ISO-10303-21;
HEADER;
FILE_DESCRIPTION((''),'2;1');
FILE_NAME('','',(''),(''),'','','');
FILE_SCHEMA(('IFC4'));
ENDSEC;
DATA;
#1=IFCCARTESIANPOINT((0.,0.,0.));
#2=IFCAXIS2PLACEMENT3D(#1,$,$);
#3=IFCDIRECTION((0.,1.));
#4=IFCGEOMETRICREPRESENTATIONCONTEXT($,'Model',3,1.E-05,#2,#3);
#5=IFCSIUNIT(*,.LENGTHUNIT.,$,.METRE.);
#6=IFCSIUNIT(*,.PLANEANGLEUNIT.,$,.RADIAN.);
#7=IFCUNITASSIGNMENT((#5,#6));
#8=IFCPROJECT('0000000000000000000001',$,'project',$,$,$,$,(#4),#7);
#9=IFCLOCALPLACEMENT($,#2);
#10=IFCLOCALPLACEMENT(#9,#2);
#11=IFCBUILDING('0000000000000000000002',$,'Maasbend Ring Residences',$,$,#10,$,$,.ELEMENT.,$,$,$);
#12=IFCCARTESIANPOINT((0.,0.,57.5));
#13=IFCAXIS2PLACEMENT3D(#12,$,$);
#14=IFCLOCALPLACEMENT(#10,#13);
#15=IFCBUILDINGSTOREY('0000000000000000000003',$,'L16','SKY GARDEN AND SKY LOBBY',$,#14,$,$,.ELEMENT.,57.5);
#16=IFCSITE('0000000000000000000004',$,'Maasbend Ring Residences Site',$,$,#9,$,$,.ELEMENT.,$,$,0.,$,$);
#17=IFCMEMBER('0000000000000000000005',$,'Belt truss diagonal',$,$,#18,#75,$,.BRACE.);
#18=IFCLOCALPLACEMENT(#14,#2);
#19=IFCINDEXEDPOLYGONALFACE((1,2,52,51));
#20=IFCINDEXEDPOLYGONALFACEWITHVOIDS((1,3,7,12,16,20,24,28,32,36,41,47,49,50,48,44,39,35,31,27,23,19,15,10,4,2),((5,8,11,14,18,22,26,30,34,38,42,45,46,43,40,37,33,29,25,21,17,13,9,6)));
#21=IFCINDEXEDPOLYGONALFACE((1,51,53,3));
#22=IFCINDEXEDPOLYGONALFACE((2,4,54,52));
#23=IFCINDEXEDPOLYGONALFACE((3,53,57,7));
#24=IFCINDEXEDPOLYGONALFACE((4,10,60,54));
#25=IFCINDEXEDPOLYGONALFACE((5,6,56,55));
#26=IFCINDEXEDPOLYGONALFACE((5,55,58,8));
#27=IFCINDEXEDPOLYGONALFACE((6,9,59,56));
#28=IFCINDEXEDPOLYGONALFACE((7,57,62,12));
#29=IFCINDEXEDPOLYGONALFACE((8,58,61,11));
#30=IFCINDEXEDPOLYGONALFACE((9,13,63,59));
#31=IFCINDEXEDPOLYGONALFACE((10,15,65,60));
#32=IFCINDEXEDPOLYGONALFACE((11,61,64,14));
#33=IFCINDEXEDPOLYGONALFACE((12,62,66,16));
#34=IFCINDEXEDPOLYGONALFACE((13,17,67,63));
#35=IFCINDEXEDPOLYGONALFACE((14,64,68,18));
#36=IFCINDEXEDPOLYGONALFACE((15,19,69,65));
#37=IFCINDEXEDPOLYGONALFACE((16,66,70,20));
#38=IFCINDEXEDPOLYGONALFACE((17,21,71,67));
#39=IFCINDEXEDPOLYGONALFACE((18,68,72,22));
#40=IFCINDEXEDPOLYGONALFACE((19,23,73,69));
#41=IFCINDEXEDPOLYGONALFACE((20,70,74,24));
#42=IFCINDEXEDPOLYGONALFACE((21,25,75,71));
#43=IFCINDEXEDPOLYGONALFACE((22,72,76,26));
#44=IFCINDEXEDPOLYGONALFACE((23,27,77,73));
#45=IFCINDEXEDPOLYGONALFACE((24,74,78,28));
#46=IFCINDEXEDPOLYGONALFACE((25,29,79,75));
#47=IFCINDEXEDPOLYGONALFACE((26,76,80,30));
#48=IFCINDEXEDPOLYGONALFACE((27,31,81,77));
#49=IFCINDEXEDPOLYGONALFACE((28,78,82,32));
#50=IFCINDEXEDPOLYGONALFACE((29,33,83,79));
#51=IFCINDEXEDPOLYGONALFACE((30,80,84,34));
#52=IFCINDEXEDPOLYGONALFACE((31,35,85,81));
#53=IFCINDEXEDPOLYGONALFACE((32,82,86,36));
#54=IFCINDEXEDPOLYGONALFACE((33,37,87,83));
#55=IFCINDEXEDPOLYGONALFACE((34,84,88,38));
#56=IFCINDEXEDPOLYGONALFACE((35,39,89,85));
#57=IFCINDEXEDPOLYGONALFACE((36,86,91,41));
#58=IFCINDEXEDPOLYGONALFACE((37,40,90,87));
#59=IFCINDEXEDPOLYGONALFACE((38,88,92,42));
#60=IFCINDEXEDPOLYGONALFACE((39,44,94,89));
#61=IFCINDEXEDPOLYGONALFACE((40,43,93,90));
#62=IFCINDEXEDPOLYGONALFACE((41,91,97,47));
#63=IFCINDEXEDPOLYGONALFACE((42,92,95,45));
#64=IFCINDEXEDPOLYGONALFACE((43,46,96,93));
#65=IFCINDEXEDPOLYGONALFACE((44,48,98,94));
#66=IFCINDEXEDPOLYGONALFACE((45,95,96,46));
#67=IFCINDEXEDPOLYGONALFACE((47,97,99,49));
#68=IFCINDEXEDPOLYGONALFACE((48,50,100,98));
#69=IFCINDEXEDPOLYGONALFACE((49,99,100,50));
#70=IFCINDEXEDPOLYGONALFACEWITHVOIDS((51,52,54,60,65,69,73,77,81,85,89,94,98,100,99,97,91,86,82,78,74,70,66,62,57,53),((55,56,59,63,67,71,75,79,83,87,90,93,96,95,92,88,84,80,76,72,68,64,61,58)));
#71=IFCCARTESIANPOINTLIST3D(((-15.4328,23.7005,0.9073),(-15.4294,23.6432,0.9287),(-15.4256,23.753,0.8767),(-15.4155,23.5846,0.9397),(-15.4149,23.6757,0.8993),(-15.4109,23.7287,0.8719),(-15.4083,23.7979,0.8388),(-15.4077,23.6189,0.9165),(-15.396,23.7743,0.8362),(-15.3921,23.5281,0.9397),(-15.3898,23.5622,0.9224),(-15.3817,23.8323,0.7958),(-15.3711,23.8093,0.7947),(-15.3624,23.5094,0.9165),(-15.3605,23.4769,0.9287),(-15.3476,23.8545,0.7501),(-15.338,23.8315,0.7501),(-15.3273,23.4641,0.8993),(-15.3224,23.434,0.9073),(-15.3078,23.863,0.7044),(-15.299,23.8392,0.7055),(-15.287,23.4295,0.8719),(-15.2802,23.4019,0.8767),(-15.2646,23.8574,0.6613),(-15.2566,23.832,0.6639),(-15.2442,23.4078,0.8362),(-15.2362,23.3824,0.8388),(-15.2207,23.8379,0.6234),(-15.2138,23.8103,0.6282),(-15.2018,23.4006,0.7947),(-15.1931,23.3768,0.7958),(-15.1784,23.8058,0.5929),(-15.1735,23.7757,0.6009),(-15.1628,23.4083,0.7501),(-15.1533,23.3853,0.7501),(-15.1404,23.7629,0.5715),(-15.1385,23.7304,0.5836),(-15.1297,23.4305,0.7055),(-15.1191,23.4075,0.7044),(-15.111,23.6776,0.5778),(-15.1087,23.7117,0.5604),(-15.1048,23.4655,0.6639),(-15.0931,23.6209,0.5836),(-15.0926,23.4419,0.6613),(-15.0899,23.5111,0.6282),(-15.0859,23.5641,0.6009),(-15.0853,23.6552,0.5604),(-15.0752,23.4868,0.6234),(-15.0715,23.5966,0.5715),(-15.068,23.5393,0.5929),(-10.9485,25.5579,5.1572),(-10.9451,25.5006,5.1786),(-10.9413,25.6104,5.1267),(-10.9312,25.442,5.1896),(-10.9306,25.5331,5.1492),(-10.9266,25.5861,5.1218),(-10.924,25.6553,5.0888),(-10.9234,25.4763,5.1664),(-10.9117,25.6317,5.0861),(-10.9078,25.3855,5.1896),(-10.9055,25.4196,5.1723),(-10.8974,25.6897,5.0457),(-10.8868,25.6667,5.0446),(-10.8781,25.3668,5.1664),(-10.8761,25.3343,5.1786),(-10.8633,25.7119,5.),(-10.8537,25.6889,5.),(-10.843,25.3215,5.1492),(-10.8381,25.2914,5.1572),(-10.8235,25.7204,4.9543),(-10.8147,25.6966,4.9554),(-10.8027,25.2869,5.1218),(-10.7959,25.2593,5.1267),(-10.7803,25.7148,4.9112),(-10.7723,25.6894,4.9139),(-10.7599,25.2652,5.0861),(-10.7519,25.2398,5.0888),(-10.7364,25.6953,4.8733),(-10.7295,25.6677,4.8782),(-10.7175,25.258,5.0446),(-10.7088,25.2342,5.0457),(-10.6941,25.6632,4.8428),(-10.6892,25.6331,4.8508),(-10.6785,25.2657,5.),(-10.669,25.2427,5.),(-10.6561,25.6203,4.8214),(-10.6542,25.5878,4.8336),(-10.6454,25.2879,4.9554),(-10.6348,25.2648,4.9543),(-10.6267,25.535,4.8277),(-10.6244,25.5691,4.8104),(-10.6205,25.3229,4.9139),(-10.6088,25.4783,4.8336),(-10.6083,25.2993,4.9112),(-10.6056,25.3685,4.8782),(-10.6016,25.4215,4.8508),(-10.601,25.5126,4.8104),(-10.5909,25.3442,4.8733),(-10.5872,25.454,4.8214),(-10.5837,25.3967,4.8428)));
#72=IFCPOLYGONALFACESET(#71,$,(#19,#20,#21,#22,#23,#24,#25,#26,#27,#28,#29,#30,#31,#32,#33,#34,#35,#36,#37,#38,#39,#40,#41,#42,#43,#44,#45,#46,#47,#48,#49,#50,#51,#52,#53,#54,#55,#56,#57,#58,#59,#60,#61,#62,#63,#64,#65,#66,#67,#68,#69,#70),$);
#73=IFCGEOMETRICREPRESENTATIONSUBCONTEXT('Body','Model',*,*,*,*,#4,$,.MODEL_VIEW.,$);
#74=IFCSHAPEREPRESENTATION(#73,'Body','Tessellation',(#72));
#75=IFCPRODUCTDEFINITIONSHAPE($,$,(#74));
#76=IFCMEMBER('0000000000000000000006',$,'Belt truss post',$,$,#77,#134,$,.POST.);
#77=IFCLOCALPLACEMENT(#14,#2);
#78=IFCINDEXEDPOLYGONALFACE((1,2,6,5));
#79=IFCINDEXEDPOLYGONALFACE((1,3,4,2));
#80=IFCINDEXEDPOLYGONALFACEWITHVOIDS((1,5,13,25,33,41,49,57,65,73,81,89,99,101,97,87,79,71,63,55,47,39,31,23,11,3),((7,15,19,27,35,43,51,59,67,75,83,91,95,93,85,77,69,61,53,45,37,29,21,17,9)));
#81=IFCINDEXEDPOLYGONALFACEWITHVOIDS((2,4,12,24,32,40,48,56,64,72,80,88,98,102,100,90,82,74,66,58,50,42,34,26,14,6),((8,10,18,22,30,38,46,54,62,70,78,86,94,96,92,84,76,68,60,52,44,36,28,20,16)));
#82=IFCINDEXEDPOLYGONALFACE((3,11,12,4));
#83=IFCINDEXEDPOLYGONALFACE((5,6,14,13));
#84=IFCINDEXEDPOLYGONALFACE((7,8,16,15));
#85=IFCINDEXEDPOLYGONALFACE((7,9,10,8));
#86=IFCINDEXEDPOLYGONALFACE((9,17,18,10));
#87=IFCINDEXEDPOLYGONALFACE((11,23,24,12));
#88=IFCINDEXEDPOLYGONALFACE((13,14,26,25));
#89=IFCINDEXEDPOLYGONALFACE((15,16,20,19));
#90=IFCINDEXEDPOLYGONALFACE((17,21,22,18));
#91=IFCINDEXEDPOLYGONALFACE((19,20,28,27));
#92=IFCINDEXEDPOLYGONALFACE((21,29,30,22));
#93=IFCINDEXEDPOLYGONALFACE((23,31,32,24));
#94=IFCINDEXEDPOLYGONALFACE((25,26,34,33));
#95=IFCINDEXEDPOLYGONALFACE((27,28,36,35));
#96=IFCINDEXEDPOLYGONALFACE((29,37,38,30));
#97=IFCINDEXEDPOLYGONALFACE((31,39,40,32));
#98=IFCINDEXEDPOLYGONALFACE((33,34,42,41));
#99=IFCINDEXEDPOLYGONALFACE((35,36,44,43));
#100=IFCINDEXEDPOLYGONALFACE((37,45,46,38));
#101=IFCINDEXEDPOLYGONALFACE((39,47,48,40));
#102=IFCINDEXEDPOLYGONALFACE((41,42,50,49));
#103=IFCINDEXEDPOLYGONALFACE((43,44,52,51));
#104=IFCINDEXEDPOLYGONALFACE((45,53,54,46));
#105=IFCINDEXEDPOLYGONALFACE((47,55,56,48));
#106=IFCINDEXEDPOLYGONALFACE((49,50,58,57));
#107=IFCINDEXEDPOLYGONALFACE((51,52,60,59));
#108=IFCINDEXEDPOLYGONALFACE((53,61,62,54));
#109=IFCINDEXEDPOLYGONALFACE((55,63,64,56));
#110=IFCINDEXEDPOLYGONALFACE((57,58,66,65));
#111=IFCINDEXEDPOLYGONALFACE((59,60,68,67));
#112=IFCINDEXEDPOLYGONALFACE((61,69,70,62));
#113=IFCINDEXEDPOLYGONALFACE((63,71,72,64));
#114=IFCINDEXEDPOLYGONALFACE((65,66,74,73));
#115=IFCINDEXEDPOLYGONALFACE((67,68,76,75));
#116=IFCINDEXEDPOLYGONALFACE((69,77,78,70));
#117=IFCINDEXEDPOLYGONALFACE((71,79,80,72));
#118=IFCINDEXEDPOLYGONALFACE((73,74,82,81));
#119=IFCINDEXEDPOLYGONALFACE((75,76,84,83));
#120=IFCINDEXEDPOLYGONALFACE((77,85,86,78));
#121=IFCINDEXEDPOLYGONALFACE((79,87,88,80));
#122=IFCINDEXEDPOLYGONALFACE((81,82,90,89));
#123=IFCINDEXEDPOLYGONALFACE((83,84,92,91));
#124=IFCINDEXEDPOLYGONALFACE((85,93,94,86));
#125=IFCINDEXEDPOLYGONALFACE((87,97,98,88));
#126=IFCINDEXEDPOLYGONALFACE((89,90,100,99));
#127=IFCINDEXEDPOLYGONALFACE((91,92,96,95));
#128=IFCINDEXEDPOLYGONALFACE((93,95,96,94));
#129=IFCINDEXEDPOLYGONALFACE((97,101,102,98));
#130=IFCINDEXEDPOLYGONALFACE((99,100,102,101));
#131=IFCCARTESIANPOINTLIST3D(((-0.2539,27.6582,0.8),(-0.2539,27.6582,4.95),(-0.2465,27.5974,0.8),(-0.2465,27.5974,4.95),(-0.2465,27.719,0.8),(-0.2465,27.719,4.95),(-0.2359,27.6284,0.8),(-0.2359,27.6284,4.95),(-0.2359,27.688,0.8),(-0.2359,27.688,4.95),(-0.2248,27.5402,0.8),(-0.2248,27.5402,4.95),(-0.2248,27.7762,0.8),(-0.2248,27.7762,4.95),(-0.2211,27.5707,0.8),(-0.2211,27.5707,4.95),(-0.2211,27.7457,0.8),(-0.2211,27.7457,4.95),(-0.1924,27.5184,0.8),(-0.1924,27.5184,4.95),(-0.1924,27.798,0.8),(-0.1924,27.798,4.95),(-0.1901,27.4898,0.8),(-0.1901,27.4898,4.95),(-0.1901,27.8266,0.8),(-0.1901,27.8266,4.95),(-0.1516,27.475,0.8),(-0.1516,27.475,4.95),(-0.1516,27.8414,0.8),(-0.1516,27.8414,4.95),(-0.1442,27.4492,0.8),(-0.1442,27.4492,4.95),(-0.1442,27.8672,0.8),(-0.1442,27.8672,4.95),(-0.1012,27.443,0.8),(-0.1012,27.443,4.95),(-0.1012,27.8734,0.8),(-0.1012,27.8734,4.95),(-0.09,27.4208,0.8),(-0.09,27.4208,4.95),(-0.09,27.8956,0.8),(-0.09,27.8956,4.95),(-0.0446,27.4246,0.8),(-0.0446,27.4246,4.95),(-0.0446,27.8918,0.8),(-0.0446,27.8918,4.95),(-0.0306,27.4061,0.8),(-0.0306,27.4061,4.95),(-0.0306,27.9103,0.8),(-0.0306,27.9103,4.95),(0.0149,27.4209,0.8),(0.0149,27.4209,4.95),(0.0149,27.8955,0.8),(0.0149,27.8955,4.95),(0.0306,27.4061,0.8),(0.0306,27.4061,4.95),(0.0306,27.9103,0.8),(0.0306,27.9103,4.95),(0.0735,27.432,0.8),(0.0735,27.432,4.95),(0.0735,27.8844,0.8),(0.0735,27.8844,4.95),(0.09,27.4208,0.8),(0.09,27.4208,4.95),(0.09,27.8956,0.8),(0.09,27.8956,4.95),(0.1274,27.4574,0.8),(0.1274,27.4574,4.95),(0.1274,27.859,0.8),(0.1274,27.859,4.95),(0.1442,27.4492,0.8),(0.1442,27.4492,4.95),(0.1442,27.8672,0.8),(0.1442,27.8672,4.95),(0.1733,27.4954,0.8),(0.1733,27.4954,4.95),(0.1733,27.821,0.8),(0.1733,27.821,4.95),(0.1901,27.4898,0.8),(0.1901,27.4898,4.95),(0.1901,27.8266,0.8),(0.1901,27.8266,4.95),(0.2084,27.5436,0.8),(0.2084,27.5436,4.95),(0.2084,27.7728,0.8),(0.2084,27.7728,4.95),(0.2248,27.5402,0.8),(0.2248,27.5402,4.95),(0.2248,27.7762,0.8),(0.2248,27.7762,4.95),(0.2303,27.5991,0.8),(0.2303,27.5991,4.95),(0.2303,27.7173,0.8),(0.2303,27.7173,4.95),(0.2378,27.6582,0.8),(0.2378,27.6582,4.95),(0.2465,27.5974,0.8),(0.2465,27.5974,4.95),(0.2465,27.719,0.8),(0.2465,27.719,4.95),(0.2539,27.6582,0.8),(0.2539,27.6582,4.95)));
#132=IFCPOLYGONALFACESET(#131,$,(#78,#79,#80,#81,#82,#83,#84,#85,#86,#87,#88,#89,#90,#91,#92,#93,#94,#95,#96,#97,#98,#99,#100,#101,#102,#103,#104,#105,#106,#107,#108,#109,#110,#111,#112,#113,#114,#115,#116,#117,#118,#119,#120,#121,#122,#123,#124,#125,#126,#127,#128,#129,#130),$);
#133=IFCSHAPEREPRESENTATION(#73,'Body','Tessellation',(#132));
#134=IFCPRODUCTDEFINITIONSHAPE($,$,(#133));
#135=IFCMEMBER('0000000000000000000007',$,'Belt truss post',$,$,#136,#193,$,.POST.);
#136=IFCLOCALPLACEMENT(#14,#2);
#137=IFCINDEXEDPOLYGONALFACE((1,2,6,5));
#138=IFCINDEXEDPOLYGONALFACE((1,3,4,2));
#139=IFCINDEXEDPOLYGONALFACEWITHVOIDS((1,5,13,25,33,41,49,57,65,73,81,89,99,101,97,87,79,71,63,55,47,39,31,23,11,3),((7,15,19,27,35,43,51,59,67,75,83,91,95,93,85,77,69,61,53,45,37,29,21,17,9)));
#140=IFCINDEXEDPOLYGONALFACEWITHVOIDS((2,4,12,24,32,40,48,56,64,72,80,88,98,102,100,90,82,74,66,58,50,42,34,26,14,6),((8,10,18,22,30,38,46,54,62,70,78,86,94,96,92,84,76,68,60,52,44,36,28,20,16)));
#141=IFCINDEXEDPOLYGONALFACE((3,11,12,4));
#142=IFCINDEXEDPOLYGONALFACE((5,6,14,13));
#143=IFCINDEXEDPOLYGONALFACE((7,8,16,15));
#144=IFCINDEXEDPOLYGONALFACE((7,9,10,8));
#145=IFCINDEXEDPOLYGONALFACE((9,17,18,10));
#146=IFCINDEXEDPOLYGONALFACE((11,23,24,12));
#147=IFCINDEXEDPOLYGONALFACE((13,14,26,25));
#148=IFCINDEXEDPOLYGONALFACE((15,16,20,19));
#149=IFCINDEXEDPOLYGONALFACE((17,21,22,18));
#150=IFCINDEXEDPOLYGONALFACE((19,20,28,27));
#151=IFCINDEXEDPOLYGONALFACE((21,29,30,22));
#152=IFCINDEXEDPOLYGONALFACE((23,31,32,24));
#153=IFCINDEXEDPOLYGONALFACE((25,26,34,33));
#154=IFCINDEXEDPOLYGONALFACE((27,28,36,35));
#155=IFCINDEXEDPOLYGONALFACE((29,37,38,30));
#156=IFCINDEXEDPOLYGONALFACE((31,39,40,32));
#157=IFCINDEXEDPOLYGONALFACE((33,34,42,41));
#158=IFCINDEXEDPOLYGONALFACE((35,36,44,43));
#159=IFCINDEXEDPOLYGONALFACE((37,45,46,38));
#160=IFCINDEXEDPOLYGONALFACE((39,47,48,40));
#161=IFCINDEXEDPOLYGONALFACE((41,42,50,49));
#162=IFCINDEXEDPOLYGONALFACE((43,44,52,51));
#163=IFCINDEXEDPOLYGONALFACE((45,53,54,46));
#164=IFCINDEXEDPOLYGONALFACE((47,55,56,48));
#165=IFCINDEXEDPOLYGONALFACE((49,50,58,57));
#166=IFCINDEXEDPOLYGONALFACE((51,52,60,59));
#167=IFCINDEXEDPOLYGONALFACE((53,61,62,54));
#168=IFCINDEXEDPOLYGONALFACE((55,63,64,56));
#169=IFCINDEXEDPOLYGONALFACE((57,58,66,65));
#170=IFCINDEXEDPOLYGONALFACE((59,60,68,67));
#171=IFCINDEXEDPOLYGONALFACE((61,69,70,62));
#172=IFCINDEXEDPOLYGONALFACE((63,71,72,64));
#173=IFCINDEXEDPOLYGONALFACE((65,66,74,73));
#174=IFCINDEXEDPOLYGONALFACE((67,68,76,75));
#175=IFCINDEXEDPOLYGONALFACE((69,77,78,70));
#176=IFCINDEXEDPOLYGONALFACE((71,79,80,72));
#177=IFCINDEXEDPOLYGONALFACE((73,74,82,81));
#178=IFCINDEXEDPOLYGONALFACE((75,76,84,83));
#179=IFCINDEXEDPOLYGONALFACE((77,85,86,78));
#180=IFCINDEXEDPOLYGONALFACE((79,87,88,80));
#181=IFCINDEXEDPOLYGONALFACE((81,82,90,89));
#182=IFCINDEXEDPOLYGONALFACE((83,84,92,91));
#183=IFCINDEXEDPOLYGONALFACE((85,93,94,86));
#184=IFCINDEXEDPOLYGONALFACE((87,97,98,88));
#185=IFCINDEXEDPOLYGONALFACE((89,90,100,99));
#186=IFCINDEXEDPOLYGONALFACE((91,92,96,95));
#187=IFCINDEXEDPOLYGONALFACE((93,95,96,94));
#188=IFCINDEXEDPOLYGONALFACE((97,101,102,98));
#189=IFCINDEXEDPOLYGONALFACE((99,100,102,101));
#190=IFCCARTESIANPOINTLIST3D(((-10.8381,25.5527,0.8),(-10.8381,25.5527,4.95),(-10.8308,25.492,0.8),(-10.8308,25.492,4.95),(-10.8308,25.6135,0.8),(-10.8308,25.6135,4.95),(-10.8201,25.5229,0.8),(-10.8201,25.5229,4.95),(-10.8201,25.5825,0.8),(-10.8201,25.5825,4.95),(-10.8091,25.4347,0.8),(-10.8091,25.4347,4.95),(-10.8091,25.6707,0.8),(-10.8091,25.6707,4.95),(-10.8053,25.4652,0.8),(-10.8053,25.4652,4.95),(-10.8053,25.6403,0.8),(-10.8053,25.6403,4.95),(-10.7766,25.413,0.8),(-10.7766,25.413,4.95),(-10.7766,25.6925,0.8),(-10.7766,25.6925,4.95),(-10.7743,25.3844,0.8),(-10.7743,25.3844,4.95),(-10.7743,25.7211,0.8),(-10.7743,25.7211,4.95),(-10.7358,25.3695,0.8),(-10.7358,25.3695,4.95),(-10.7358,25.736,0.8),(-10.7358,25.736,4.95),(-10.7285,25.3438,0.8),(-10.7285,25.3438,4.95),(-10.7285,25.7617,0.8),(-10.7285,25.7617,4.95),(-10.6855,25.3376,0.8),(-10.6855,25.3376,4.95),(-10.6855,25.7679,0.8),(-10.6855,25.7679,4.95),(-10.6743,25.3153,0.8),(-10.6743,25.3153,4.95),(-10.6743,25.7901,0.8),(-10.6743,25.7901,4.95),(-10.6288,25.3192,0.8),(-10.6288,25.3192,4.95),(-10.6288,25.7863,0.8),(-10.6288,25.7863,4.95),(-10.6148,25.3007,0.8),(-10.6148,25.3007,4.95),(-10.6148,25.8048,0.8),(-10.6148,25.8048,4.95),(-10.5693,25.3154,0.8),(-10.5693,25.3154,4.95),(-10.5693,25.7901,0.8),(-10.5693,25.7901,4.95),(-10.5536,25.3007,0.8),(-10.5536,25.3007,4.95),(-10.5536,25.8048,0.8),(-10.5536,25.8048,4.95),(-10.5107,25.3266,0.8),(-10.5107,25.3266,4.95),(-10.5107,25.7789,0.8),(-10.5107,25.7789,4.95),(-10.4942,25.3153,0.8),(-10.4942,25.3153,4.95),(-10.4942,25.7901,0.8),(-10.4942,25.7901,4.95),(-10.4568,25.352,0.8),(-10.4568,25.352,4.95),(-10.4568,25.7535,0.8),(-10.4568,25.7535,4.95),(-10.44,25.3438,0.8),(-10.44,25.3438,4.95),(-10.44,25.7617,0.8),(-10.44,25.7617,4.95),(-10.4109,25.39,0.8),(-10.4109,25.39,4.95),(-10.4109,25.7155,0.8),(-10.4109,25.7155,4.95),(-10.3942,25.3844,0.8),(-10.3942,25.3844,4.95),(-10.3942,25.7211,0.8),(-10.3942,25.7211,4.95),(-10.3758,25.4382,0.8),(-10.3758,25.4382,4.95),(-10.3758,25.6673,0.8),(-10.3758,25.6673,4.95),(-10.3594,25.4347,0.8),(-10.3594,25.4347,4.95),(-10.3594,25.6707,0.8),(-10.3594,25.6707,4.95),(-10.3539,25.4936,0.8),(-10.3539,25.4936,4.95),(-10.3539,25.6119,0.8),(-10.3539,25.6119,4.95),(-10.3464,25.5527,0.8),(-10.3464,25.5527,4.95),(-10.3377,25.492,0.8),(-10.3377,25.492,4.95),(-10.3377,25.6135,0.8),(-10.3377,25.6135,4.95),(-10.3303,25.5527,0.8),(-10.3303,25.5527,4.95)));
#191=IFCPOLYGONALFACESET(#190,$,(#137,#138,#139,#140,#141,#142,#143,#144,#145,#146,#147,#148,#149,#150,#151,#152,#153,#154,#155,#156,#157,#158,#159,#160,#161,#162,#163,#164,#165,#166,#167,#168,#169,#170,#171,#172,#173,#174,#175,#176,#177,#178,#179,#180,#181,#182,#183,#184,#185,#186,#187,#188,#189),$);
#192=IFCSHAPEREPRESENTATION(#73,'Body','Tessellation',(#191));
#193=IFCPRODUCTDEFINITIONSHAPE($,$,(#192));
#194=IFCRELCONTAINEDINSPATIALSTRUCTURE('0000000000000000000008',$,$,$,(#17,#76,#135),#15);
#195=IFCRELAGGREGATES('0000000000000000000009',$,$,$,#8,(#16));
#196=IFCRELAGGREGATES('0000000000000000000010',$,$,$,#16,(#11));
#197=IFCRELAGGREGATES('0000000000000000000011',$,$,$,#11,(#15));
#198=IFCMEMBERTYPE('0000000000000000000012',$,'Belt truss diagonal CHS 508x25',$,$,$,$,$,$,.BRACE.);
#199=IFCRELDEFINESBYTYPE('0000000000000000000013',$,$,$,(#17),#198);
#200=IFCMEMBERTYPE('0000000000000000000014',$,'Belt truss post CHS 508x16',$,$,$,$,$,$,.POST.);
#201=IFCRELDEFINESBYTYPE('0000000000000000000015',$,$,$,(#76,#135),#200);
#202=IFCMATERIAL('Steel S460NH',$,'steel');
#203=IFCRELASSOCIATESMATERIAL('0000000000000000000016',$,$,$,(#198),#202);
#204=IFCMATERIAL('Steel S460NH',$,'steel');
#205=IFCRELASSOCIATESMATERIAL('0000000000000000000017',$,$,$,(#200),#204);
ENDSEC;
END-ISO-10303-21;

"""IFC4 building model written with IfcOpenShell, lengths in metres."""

from ifc_helpers import new_model, si_unit, direction, frame, origin, origin_2d, place, context, subcontext, project, spatial, hollow_circle, extrude, material, material_profile, profile_set, type_object, element, save


model = new_model("IFC4")

# Units and contexts
model_context = context("Model", 3, precision=1e-05, world=origin(), true_north=direction((0.0, 1.0)))
body_context = subcontext(model_context, "Body", "Model", "MODEL_VIEW")
ifc_project = project(units=[si_unit("LENGTHUNIT", "METRE"), si_unit("PLANEANGLEUNIT", "RADIAN")], contexts=[model_context])

# Site, building, storey
site_placement = place(None, origin())
site = spatial("IfcSite", under=ifc_project, at=site_placement, Name="Maasbend Ring Residences Site", CompositionType="ELEMENT", RefElevation=0.0)
building_placement = place(site_placement, origin())
building = spatial("IfcBuilding", under=site, at=building_placement, Name="Maasbend Ring Residences", CompositionType="ELEMENT")
storey_placement = place(building_placement, frame((0.0, 0.0, 57.5)))
storey = spatial("IfcBuildingStorey", under=building, at=storey_placement, Name="L16", Description="SKY GARDEN AND SKY LOBBY", CompositionType="ELEMENT", Elevation=57.5)

# Members
ifc_material_1 = material(Name="Steel S460NH", Category="steel")
ifc_material_profile_1 = material_profile(ifc_material_1, hollow_circle(Radius=0.2539, WallThickness=0.0249, at=origin_2d()), Name="Belt truss diagonal CHS 508x25")
ifc_profile_set_1 = profile_set([ifc_material_profile_1], Name="Steel S460NH")
member_type_1 = type_object("IfcMemberType", Name="Belt truss diagonal CHS 508x25", PredefinedType="BRACE", material=ifc_profile_set_1)
for number, where, z_axis, x_axis, name in (
    (1, (-10.7661, 25.4773, 5.0), (-0.695088, -0.287904, -0.658759), (0.382672, -0.923884, 0.0), "Belt truss diagonal"),
):
    element("IfcMember", number, at=place(storey_placement, frame(where, z_axis=z_axis, x_axis=x_axis)), inside=storey, type_object=member_type_1, Name=name, PredefinedType="BRACE", context=body_context, shape_type="SweptSolid", body=[
        extrude(hollow_circle(Radius=0.2539, WallThickness=0.0249, at=origin_2d()), origin(), (0.0, 0.0, 1.0), 6.4514),
    ])
ifc_material_2 = material(Name="Steel S460NH", Category="steel")
ifc_material_profile_2 = material_profile(ifc_material_2, hollow_circle(Radius=0.2539, WallThickness=0.0161, at=origin_2d()), Name="Belt truss post CHS 508x16")
ifc_profile_set_2 = profile_set([ifc_material_profile_2], Name="Steel S460NH")
member_type_2 = type_object("IfcMemberType", Name="Belt truss post CHS 508x16", PredefinedType="POST", material=ifc_profile_set_2)
for number, where, z_axis, x_axis, name in (
    (2, (0.0, 27.6582, 0.8), (0.0, 0.0, 1.0), (1.0, 0.0, 0.0), "Belt truss post"),
    (3, (-10.5842, 25.5527, 0.8), (0.0, 0.0, 1.0), (1.0, 0.0, 0.0), "Belt truss post"),
):
    element("IfcMember", number, at=place(storey_placement, frame(where, z_axis=z_axis, x_axis=x_axis)), inside=storey, type_object=member_type_2, Name=name, PredefinedType="POST", context=body_context, shape_type="SweptSolid", body=[
        extrude(hollow_circle(Radius=0.2539, WallThickness=0.0161, at=origin_2d()), origin(), (0.0, 0.0, 1.0), 4.1499),
    ])

save(model, "model.ifc")
